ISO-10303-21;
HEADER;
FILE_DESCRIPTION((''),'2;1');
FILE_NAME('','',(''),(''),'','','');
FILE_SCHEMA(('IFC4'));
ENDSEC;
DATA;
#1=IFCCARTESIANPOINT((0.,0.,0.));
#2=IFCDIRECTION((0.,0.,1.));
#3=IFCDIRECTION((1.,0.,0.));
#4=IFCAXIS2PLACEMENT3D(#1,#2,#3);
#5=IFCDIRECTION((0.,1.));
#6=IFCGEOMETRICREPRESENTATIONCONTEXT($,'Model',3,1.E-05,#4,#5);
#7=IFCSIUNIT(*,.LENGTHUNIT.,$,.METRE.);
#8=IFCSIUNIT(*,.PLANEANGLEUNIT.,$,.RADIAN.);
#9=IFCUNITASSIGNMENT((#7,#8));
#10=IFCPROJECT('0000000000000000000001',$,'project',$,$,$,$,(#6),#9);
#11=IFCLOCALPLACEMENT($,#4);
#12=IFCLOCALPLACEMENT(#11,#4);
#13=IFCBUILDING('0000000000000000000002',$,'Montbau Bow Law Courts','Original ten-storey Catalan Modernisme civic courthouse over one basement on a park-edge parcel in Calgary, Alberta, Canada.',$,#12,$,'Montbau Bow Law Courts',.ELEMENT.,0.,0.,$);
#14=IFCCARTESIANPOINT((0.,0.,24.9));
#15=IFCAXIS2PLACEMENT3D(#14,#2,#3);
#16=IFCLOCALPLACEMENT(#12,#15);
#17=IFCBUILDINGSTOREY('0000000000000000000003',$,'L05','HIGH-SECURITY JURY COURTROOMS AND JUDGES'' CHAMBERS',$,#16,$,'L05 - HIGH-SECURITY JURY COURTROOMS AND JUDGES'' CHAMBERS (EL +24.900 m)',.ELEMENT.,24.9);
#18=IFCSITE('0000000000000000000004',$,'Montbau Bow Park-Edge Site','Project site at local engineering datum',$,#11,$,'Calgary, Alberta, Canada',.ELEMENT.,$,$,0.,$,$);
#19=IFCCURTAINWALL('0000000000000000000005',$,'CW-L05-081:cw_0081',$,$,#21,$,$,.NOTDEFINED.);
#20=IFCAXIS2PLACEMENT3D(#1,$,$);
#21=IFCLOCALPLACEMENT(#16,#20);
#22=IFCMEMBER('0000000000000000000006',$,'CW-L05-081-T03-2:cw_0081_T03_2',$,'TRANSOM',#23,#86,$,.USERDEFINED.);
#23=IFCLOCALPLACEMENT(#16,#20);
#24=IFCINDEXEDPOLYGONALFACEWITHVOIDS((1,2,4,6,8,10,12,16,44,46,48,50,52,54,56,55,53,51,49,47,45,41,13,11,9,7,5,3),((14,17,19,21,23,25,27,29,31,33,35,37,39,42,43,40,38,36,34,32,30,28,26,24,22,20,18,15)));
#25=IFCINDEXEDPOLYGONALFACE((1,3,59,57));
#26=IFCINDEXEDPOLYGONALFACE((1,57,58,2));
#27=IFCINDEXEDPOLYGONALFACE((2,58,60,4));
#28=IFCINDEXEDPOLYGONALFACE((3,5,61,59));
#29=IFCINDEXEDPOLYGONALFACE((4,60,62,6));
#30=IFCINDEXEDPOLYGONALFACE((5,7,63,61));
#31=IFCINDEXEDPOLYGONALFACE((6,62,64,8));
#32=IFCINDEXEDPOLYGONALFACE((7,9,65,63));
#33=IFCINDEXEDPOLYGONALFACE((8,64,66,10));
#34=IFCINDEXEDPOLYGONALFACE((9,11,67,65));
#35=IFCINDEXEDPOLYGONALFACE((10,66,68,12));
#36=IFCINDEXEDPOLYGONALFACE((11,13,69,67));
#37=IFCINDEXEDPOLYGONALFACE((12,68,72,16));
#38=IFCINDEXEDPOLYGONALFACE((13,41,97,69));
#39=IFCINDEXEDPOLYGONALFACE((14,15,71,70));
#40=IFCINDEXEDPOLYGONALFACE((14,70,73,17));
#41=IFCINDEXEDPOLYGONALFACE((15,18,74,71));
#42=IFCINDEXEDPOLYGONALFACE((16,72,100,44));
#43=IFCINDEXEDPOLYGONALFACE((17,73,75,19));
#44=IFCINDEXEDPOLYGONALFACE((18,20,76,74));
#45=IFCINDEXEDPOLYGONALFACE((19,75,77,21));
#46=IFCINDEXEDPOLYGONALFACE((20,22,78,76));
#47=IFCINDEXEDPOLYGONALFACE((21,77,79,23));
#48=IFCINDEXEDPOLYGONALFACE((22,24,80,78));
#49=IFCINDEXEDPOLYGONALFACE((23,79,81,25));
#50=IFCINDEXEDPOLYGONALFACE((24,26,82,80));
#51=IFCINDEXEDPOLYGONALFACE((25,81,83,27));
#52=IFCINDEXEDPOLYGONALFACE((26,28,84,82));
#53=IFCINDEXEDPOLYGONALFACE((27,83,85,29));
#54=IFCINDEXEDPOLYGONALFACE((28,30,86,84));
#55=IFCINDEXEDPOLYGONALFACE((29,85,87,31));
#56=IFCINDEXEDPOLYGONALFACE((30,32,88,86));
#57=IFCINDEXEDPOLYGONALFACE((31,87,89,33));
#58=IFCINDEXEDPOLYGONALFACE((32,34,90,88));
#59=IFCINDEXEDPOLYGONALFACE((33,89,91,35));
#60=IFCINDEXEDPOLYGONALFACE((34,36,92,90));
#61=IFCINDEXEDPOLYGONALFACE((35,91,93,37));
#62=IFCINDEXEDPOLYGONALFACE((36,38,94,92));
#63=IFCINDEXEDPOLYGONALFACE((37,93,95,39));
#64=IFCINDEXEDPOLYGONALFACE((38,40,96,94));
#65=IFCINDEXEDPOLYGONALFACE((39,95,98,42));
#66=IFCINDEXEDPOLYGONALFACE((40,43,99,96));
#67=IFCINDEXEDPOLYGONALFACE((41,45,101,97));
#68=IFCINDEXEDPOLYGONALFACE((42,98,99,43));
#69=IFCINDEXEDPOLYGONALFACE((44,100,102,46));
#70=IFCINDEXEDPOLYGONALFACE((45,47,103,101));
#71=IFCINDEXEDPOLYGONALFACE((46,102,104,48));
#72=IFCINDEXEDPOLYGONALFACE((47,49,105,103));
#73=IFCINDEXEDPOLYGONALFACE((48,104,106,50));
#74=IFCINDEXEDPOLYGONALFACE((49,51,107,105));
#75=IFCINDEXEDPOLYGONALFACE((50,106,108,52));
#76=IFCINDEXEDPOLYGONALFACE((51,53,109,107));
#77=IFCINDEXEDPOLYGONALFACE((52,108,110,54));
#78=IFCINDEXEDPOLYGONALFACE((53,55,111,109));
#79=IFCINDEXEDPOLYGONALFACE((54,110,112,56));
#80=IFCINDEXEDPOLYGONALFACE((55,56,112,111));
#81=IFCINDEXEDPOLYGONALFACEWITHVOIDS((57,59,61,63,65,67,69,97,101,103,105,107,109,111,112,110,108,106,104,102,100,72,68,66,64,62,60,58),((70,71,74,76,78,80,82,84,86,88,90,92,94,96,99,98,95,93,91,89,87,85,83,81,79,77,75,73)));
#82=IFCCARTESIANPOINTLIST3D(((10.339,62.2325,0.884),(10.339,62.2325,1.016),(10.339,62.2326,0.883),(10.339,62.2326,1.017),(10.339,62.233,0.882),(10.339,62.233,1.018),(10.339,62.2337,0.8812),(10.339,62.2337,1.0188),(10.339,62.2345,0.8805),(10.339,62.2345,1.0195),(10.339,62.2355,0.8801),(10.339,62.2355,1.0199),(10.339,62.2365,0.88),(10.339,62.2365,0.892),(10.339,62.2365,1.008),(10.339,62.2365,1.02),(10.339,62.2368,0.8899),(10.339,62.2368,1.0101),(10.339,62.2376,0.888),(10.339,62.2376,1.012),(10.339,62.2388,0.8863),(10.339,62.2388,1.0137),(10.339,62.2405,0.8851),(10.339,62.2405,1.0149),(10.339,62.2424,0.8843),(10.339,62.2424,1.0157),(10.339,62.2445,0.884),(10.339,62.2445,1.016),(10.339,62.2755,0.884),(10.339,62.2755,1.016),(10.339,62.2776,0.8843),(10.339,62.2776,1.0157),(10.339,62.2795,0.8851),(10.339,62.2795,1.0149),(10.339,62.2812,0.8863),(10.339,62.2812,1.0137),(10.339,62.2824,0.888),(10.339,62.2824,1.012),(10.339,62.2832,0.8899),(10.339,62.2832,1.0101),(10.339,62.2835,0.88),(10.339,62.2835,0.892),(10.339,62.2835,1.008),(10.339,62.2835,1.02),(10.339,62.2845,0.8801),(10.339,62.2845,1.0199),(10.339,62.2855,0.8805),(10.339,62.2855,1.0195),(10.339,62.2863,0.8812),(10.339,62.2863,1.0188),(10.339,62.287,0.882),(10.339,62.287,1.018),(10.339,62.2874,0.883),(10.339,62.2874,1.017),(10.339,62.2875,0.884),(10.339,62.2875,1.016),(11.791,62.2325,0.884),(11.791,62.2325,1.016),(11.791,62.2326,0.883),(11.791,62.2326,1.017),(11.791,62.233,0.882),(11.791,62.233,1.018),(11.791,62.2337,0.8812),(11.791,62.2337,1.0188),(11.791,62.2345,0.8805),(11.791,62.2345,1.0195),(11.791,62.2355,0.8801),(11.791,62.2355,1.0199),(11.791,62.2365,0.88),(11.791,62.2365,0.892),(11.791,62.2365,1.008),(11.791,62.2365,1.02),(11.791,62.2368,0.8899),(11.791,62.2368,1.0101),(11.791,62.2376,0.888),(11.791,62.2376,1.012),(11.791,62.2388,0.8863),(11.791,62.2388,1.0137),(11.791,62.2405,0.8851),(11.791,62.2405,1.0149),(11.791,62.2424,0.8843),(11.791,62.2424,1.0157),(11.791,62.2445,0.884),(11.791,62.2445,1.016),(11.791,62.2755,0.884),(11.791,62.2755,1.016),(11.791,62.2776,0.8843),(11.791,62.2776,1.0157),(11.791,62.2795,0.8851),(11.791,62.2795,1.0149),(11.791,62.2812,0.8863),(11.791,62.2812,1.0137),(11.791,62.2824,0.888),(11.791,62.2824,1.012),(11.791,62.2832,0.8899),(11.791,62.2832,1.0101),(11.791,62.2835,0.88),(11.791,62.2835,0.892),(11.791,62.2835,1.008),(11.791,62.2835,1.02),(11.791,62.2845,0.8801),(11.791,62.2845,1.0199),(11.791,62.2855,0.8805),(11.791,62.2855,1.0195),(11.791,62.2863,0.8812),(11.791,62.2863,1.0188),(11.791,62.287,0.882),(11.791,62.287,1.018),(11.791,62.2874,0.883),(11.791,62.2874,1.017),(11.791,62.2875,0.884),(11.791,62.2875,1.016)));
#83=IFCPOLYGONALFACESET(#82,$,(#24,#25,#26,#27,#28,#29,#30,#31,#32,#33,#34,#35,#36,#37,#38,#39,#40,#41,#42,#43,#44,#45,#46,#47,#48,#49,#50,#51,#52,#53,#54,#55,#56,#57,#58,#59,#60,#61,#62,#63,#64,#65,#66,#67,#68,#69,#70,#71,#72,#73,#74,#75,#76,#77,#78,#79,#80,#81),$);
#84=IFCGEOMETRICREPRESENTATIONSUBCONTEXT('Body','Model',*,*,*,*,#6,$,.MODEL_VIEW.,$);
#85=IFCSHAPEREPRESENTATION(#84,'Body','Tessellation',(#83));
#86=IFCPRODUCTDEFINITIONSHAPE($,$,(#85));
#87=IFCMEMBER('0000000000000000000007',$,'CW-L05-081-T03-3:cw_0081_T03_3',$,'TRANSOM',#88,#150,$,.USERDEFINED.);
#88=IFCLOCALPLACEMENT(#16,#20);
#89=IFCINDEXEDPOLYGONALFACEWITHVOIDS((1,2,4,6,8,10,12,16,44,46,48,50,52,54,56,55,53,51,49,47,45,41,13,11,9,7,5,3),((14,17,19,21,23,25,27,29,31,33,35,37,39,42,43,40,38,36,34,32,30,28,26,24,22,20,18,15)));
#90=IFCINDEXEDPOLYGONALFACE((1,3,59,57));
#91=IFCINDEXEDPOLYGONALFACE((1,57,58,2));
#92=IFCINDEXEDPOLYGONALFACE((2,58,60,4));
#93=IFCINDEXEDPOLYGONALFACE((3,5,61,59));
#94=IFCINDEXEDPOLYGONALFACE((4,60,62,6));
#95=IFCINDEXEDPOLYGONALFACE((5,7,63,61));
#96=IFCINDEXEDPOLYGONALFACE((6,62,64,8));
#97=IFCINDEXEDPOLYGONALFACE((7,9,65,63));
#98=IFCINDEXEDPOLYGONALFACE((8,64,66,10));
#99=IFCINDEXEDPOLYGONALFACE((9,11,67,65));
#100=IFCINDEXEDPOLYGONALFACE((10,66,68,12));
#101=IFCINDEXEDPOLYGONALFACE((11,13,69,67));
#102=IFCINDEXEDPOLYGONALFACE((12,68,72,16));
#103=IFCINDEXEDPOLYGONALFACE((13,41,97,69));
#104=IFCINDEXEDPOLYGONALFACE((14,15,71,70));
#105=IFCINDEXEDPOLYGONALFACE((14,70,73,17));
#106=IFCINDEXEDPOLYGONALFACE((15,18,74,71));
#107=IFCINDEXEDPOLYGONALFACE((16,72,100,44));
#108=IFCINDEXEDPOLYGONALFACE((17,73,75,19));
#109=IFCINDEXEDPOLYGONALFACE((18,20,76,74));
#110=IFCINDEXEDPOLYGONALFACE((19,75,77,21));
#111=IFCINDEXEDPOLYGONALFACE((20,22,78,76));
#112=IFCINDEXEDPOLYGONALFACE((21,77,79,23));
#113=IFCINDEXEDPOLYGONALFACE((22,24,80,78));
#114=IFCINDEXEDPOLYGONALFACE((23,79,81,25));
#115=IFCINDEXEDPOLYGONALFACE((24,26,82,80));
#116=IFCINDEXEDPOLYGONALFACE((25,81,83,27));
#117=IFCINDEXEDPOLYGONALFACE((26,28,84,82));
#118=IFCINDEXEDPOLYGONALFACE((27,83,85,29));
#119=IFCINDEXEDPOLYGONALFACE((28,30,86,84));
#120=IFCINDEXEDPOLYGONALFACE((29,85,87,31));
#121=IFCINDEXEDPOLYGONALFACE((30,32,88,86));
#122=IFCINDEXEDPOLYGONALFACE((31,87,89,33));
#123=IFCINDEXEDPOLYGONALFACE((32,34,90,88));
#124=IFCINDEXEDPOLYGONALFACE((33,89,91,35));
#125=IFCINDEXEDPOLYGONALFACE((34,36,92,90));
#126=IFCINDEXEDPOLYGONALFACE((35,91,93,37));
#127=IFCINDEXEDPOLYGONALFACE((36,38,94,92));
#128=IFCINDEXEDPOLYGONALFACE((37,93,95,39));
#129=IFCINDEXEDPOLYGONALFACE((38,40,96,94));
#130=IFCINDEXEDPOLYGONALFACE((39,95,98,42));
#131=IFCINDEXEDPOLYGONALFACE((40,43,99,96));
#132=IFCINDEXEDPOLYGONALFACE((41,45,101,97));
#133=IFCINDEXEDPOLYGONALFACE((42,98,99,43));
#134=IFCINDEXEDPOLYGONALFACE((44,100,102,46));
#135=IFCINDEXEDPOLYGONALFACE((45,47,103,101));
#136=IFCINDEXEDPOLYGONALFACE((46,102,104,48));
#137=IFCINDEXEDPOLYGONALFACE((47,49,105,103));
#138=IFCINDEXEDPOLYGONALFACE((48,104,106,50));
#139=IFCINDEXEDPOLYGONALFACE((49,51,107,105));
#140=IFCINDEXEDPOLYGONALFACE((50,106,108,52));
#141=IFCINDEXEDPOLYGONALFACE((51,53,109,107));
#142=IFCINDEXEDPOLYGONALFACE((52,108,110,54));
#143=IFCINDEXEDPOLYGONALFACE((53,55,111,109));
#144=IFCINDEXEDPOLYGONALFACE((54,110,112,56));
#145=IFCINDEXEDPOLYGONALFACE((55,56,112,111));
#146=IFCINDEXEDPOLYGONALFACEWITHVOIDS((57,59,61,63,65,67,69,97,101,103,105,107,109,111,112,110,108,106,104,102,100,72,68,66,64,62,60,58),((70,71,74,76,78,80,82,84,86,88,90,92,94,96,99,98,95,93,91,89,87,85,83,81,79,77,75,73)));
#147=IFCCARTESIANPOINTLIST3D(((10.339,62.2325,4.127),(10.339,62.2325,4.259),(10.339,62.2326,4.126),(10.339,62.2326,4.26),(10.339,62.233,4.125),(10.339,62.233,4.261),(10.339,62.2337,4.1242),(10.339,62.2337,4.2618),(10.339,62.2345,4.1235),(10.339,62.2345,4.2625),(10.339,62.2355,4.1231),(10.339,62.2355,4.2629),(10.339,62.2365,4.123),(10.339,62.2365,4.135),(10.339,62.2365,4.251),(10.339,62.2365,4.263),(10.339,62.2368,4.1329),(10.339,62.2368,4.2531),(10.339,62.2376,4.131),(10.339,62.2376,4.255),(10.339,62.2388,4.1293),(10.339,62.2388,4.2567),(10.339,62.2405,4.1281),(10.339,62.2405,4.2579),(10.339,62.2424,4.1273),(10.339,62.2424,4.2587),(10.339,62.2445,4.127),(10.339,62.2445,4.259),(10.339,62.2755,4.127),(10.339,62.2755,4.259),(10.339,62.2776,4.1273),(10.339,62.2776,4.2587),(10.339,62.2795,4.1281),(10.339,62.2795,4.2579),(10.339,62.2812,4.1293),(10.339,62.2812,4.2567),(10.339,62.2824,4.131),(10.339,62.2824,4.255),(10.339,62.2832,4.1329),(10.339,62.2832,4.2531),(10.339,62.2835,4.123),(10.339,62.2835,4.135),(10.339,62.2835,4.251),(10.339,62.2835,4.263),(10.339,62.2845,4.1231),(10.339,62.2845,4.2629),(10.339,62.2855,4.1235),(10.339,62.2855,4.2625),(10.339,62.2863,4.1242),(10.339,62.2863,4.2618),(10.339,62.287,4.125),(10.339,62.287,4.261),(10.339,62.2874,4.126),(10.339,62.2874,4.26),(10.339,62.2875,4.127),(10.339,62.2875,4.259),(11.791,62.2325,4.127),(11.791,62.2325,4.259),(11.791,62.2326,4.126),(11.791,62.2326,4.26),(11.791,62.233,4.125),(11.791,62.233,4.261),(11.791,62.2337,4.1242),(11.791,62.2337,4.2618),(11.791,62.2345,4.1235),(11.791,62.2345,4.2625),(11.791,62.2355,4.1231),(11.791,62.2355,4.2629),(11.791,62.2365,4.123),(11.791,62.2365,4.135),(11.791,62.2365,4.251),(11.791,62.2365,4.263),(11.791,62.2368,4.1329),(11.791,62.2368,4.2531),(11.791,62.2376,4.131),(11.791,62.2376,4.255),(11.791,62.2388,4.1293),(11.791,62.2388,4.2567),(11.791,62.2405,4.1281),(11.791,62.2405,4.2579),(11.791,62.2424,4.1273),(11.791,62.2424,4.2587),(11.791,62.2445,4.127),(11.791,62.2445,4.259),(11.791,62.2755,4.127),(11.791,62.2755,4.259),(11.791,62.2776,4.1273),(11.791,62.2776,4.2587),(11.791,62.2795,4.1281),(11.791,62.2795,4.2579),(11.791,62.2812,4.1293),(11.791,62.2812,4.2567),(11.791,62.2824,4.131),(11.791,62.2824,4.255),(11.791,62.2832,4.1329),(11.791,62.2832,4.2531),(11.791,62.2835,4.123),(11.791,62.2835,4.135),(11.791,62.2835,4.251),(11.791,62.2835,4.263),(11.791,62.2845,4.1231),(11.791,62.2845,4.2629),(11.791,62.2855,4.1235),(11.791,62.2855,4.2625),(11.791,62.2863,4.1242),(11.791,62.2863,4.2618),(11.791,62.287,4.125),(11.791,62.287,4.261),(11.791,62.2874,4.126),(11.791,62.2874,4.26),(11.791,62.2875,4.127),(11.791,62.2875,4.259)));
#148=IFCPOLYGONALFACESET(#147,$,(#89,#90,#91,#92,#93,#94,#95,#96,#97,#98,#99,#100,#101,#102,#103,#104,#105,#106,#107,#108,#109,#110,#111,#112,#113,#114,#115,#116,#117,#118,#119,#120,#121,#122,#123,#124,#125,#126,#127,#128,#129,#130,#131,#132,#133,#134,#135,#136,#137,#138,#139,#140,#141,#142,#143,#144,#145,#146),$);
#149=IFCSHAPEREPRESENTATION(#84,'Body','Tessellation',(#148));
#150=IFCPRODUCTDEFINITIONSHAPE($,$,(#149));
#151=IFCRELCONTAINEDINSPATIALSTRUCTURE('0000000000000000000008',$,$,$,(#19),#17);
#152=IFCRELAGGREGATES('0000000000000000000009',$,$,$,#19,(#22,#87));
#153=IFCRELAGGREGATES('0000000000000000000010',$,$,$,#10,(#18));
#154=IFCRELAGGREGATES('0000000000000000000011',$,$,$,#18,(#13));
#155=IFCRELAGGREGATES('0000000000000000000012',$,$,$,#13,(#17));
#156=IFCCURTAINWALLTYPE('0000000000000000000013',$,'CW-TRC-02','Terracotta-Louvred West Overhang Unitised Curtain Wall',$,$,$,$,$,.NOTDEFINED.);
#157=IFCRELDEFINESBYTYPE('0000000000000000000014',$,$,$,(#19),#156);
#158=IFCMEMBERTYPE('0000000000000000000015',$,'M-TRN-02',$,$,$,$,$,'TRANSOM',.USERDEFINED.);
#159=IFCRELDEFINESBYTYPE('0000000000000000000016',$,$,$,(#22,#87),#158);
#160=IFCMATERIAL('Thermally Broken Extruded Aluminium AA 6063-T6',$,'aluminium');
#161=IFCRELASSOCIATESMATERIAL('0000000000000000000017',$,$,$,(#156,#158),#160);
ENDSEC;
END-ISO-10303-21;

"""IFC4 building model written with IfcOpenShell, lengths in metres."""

from ifc_helpers import new_model, si_unit, direction, frame, origin_with_axes, origin_2d_with_axis, place, context, subcontext, project, spatial, hollow_rectangle, extrude, material, material_profile, profile_set, type_object, element, aggregate, save


model = new_model("IFC4")

# Units and contexts
model_context = context("Model", 3, precision=1e-05, world=origin_with_axes(), true_north=direction((0.0, 1.0)))
body_context = subcontext(model_context, "Body", "Model", "MODEL_VIEW")
ifc_project = project(units=[si_unit("LENGTHUNIT", "METRE"), si_unit("PLANEANGLEUNIT", "RADIAN")], contexts=[model_context])

# Site, building, storey
site_placement = place(None, origin_with_axes())
site = spatial("IfcSite", under=ifc_project, at=site_placement, Name="Montbau Bow Park-Edge Site", Description="Project site at local engineering datum", LongName="Calgary, Alberta, Canada", CompositionType="ELEMENT", RefElevation=0.0)
building_placement = place(site_placement, origin_with_axes())
building = spatial("IfcBuilding", under=site, at=building_placement, Name="Montbau Bow Law Courts", Description="Original ten-storey Catalan Modernisme civic courthouse over one basement on a park-edge parcel in Calgary, Alberta, Canada.", LongName="Montbau Bow Law Courts", CompositionType="ELEMENT", ElevationOfRefHeight=0.0, ElevationOfTerrain=0.0)
storey_placement = place(building_placement, frame((0.0, 0.0, 24.9), z_axis=(0.0, 0.0, 1.0), x_axis=(1.0, 0.0, 0.0)))
storey = spatial("IfcBuildingStorey", under=building, at=storey_placement, Name="L05", Description="HIGH-SECURITY JURY COURTROOMS AND JUDGES' CHAMBERS", LongName="L05 - HIGH-SECURITY JURY COURTROOMS AND JUDGES' CHAMBERS (EL +24.900 m)", CompositionType="ELEMENT", Elevation=24.9)

# Curtain wall, members
ifc_material_1 = material(Name="Thermally Broken Extruded Aluminium AA 6063-T6", Category="aluminium")
curtain_wall_type = type_object("IfcCurtainWallType", Name="CW-TRC-02", Description="Terracotta-Louvred West Overhang Unitised Curtain Wall", PredefinedType="NOTDEFINED", material=ifc_material_1)
curtain_wall_placement = place(None, frame((7.24, 62.26, 24.9), z_axis=(0.0, 0.0, 1.0), x_axis=(1.0, 0.0, 0.0)))
curtain_wall = element("IfcCurtainWall", 1, at=curtain_wall_placement, inside=storey, type_object=curtain_wall_type, Name="CW-L05-081:cw_0081", PredefinedType="NOTDEFINED")
ifc_material_profile = material_profile(ifc_material_1, hollow_rectangle(XDim=0.055, YDim=0.14, WallThickness=0.004, InnerFilletRadius=0.008, OuterFilletRadius=0.004, at=origin_2d_with_axis()), Name="CWT-140X55", Category="Main", Priority=0)
ifc_profile_set = profile_set([ifc_material_profile], Name="Thermally Broken Extruded Aluminium AA 6063-T6")
member_type = type_object("IfcMemberType", Name="M-TRN-02", ElementType="TRANSOM", PredefinedType="USERDEFINED", material=ifc_profile_set)
member_1_placement = place(None, frame((10.339, 62.26, 25.85), z_axis=(1.0, 0.0, 0.0), x_axis=(0.0, 1.0, 0.0)))
member_1 = element("IfcMember", 2, at=member_1_placement, type_object=member_type, Name="CW-L05-081-T03-2:cw_0081_T03_2", ObjectType="TRANSOM", PredefinedType="USERDEFINED", context=body_context, shape_type="SweptSolid", body=[
    extrude(hollow_rectangle(XDim=0.055, YDim=0.14, WallThickness=0.004, InnerFilletRadius=0.008, OuterFilletRadius=0.004, at=origin_2d_with_axis()), origin_with_axes(), (0.0, 0.0, 1.0), 1.452),
])
member_2_placement = place(None, frame((10.339, 62.26, 29.093), z_axis=(1.0, 0.0, 0.0), x_axis=(0.0, 1.0, 0.0)))
member_2 = element("IfcMember", 3, at=member_2_placement, type_object=member_type, Name="CW-L05-081-T03-3:cw_0081_T03_3", ObjectType="TRANSOM", PredefinedType="USERDEFINED", context=body_context, shape_type="SweptSolid", body=[
    extrude(hollow_rectangle(XDim=0.055, YDim=0.14, WallThickness=0.004, InnerFilletRadius=0.008, OuterFilletRadius=0.004, at=origin_2d_with_axis()), origin_with_axes(), (0.0, 0.0, 1.0), 1.452),
])
aggregate(curtain_wall, [member_1, member_2])

save(model, "model.ifc")
